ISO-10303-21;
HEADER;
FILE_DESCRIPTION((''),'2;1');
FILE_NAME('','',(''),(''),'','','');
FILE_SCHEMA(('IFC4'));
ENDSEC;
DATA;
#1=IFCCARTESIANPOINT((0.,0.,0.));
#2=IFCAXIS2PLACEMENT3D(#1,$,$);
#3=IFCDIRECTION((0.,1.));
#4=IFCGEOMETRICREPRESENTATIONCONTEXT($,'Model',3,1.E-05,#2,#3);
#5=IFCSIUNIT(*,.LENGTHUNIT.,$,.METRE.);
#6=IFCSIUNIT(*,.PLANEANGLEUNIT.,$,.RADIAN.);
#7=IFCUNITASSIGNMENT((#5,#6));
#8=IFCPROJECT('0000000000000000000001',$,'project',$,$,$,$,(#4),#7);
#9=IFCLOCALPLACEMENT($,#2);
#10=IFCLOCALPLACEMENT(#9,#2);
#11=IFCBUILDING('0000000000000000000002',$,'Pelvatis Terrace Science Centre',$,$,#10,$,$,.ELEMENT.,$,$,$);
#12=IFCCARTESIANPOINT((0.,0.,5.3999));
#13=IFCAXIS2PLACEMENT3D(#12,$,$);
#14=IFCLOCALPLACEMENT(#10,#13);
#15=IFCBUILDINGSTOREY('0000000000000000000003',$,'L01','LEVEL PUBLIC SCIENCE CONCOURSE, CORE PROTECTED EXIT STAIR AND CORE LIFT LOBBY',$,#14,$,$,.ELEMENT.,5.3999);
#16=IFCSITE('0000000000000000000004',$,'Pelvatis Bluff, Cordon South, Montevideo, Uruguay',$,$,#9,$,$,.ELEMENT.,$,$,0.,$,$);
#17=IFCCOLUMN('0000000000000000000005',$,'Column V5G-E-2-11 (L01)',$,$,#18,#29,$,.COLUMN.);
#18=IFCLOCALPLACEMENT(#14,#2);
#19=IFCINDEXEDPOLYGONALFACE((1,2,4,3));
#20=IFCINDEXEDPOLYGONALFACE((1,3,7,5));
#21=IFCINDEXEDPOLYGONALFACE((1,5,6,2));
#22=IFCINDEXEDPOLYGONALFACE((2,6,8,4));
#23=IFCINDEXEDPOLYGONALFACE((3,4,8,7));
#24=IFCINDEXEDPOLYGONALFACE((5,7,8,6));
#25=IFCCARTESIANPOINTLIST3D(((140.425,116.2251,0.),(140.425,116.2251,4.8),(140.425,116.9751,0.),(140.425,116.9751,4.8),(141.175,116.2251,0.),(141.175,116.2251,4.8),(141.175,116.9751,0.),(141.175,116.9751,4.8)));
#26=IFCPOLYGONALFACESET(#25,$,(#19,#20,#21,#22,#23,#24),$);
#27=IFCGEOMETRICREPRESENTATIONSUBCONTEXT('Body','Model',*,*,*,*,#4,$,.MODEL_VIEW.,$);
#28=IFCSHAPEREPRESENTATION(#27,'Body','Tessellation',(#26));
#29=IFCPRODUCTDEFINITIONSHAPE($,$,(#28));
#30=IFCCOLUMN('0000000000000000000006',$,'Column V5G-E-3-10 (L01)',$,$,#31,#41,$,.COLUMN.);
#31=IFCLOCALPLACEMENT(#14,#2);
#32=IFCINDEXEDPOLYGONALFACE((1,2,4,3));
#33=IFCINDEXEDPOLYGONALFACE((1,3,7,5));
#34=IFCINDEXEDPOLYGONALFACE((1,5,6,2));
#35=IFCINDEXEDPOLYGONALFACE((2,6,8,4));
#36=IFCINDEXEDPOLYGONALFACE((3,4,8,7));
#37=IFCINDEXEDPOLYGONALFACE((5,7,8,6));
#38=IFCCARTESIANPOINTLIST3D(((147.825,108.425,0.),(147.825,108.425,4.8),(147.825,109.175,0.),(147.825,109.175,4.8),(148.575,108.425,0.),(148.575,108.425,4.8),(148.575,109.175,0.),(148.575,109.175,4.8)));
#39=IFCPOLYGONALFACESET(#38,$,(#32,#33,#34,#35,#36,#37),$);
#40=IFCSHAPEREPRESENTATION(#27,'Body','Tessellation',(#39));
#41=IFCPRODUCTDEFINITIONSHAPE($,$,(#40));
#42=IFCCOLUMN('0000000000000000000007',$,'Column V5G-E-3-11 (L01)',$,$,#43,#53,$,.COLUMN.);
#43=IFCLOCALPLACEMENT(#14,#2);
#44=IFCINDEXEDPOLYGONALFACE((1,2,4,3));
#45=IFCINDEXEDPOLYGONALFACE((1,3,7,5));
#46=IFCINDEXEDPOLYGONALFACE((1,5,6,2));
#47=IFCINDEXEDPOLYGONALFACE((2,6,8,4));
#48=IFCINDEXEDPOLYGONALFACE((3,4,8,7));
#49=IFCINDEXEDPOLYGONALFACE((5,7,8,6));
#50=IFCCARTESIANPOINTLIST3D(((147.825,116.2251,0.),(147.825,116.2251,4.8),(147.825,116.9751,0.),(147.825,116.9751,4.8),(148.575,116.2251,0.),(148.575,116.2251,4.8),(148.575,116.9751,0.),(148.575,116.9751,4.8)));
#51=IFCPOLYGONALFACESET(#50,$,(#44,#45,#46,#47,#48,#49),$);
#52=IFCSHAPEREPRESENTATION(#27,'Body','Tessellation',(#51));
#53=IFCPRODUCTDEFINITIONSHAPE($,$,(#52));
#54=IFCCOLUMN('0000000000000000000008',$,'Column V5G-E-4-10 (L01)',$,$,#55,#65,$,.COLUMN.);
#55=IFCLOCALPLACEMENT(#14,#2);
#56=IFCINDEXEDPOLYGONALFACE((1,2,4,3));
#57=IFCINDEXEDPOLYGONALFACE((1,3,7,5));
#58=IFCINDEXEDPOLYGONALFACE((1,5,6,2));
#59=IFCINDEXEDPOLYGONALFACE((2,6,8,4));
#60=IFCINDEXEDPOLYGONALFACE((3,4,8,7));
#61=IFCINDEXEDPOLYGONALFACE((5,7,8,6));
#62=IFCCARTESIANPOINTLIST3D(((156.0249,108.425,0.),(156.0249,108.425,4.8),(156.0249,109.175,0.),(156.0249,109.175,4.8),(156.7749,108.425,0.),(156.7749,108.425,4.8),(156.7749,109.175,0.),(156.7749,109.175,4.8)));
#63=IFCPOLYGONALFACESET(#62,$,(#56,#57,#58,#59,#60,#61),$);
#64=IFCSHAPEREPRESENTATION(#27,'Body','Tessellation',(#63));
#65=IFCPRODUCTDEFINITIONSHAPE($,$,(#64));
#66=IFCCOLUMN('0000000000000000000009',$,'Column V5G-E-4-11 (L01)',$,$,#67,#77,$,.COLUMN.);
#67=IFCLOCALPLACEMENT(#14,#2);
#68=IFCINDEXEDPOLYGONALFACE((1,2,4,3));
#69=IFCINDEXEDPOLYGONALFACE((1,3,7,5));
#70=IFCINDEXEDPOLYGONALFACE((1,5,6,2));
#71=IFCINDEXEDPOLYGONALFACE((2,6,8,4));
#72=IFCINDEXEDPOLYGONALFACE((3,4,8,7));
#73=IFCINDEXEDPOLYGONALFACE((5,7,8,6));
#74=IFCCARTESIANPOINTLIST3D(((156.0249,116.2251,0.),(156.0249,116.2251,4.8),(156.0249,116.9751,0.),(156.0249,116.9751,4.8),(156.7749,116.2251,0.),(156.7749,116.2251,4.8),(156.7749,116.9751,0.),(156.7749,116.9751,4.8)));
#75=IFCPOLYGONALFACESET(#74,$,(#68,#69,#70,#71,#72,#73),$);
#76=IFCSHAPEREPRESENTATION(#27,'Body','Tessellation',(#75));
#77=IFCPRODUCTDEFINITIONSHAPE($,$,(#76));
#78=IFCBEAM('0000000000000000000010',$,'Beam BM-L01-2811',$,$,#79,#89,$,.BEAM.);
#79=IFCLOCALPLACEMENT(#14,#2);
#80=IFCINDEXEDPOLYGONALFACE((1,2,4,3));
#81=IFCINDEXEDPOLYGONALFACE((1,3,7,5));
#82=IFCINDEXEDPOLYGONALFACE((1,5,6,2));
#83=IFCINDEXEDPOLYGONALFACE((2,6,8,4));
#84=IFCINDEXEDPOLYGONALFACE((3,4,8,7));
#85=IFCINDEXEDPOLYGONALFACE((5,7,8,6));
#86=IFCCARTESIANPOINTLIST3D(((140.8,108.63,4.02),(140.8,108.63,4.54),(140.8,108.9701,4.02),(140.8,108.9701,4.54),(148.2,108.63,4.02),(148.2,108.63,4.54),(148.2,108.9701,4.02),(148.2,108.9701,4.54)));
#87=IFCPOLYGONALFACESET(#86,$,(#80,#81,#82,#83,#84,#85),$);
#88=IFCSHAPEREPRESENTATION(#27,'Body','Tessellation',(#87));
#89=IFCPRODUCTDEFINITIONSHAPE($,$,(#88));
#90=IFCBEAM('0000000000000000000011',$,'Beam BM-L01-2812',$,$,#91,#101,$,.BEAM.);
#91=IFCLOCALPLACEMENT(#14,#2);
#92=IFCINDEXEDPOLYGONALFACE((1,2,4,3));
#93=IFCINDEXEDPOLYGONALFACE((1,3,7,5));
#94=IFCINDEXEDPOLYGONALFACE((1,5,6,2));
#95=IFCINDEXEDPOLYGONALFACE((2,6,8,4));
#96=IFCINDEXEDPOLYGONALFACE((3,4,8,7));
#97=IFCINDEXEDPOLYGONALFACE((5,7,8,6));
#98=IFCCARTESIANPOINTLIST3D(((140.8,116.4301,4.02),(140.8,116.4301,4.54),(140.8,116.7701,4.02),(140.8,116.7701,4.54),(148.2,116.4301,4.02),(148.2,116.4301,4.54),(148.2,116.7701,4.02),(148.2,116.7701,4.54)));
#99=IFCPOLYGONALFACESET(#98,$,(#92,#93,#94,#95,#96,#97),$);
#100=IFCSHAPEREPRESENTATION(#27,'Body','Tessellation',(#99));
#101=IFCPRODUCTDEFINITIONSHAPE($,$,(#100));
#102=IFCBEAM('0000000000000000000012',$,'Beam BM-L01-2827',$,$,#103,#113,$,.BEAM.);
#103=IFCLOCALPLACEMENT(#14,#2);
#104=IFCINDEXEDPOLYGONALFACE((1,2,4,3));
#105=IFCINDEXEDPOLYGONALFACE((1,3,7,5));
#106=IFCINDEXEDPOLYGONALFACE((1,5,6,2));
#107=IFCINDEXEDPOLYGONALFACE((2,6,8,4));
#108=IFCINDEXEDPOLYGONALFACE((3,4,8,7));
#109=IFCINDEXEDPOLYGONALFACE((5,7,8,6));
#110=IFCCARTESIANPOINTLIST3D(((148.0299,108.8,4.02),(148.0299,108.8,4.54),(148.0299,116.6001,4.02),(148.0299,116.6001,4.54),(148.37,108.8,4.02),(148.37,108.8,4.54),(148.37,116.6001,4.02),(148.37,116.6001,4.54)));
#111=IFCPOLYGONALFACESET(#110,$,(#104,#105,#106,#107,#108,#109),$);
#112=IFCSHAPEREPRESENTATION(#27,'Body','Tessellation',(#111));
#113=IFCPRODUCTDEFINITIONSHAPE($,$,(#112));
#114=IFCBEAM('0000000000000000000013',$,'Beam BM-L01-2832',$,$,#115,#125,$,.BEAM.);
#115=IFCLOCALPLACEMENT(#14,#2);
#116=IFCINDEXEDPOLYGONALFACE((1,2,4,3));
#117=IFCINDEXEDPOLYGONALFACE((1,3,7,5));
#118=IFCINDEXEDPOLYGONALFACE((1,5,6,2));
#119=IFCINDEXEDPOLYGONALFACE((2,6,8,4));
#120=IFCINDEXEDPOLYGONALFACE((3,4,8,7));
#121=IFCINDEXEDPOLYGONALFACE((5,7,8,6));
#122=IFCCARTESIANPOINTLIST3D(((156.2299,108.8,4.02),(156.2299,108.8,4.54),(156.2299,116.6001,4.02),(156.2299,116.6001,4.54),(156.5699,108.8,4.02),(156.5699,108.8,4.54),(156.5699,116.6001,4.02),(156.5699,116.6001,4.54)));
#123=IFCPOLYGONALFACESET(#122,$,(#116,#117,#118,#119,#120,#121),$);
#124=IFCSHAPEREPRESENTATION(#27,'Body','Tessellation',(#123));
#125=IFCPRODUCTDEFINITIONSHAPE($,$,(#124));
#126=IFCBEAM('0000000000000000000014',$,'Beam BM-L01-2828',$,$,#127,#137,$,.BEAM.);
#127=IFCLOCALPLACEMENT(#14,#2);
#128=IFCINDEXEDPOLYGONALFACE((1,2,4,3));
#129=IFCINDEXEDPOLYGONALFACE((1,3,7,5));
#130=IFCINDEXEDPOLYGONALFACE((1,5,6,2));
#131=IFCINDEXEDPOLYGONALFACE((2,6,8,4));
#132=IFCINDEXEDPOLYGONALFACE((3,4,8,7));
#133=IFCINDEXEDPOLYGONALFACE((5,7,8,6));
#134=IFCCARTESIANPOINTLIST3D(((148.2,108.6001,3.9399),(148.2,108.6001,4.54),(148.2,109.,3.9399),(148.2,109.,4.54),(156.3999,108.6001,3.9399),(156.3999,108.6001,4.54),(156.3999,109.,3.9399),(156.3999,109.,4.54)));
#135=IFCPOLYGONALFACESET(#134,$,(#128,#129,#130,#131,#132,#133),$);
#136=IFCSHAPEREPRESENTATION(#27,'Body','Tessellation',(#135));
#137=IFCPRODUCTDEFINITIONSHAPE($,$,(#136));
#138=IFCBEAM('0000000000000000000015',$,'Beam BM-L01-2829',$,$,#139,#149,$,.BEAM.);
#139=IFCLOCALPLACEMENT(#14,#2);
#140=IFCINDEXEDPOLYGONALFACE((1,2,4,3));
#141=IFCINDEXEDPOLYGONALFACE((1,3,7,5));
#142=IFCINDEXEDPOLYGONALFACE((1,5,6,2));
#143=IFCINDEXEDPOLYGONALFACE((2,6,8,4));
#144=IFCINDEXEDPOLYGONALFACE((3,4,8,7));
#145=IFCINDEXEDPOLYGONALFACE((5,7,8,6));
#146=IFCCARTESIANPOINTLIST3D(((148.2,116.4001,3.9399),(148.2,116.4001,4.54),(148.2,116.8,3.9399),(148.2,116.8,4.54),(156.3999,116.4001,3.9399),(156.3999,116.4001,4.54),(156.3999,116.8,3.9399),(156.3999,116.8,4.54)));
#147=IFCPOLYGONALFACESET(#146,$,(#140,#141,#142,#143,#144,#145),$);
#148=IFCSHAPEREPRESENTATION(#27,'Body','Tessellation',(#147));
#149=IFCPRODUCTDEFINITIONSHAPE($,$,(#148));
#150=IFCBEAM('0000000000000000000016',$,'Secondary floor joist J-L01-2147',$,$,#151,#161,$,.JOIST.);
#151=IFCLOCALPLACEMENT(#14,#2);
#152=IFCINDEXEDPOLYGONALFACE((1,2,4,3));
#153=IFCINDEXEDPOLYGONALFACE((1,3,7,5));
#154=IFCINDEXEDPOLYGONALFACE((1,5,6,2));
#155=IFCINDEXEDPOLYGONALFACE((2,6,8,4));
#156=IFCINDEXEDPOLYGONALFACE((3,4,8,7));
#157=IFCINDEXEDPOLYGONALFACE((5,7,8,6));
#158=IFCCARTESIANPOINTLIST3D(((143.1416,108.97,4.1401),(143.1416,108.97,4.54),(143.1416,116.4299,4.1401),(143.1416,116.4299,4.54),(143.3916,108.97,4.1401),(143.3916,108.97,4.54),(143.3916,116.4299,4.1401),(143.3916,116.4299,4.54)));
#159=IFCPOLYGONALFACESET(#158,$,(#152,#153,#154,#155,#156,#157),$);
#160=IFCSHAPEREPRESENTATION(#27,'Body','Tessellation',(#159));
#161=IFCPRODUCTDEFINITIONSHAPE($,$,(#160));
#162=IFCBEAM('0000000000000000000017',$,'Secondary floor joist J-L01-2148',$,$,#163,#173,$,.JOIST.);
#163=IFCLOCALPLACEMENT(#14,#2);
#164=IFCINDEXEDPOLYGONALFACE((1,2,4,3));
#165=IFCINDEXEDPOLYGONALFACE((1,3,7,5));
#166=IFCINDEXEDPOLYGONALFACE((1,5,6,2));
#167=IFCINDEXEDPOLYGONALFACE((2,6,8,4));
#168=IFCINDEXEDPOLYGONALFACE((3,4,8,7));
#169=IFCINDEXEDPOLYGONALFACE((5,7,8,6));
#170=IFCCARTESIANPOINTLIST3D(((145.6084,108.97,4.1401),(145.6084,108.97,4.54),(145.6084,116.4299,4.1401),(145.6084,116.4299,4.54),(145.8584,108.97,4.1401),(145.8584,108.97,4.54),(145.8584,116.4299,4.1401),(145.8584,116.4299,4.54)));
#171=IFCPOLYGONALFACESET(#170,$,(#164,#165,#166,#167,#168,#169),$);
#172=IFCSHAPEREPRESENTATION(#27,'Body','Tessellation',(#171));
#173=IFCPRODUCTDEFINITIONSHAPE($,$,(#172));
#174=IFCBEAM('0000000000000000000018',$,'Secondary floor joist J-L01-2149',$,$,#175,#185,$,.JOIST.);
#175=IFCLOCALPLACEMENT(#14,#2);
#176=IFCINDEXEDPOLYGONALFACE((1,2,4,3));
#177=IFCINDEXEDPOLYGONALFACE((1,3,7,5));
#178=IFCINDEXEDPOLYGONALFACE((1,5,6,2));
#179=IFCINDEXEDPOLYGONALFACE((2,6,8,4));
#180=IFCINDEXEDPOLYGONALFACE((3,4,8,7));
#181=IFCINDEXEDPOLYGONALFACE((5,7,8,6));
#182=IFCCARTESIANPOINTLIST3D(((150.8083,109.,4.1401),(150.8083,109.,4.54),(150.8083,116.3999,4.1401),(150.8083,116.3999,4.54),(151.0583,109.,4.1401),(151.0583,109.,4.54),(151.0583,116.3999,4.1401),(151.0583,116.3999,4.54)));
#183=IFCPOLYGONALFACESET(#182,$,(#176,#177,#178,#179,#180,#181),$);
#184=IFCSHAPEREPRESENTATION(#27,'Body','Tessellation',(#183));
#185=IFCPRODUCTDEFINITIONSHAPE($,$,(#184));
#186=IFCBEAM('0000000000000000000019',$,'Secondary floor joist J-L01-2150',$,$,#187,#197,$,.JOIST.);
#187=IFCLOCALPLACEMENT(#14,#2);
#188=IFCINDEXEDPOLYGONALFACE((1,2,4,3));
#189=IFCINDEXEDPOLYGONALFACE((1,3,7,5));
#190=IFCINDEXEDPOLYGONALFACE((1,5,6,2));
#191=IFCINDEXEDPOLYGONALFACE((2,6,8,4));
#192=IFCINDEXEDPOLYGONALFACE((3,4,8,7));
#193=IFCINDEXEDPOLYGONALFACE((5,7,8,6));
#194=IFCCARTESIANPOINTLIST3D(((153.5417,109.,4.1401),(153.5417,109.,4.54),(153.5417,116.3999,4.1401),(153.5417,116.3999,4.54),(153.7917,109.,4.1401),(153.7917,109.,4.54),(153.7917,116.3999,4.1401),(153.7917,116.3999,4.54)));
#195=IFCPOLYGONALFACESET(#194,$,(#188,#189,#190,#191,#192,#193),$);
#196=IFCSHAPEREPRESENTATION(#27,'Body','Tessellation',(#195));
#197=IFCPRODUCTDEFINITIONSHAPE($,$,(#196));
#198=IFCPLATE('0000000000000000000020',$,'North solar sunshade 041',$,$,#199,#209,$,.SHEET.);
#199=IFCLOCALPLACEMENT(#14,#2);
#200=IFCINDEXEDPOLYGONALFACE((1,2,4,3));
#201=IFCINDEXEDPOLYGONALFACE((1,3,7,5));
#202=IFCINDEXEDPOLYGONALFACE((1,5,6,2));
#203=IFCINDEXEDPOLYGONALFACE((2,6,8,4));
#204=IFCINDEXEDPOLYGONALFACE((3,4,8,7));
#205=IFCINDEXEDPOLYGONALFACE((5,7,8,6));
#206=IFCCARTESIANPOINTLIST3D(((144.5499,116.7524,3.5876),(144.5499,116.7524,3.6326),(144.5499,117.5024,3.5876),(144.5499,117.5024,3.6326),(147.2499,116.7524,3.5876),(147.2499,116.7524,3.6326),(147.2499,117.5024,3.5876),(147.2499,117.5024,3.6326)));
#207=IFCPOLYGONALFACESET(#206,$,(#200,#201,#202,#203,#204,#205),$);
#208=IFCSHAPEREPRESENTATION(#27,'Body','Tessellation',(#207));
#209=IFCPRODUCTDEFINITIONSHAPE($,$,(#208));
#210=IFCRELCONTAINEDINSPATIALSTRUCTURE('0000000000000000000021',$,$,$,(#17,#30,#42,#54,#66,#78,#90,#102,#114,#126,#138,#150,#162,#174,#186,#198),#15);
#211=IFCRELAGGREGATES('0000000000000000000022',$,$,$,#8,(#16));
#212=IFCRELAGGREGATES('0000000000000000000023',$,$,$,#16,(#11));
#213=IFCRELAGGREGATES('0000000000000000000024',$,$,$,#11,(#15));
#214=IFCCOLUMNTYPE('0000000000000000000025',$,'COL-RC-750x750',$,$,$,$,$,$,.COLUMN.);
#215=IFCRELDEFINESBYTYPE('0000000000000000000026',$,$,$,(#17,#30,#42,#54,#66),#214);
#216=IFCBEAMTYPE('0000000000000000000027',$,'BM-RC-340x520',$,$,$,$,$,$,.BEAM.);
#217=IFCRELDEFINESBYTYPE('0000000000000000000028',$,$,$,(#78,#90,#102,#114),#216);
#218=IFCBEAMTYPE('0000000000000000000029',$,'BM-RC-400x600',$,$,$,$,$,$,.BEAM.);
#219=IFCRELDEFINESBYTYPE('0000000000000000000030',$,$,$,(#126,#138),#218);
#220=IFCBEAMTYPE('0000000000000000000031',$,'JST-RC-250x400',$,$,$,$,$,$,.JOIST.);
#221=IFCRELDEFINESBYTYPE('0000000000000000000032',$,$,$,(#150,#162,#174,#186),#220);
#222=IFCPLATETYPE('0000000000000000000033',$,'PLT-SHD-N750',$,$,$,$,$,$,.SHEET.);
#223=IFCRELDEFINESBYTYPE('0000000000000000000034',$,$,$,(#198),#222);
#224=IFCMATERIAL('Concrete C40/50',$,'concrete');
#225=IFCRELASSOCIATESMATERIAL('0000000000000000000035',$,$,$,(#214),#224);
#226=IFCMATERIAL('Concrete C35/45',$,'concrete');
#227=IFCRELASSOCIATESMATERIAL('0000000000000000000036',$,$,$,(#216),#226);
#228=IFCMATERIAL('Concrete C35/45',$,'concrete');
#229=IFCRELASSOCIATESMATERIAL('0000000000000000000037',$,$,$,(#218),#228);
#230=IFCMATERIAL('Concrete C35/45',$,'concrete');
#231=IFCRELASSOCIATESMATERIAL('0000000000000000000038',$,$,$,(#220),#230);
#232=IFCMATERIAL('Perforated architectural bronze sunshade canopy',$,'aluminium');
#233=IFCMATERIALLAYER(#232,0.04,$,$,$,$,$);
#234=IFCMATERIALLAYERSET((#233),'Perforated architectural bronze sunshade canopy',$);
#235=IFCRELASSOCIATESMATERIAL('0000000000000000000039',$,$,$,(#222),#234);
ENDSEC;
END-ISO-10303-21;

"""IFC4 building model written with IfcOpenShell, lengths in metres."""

from ifc_helpers import new_model, si_unit, direction, frame, origin, origin_2d, place, context, subcontext, project, spatial, rectangle, extrude, material, layer, layer_set, material_profile, profile_set, type_object, element, save


model = new_model("IFC4")

# Units and contexts
model_context = context("Model", 3, precision=1e-05, world=origin(), true_north=direction((0.0, 1.0)))
body_context = subcontext(model_context, "Body", "Model", "MODEL_VIEW")
ifc_project = project(units=[si_unit("LENGTHUNIT", "METRE"), si_unit("PLANEANGLEUNIT", "RADIAN")], contexts=[model_context])

# Site, building, storey
site_placement = place(None, origin())
site = spatial("IfcSite", under=ifc_project, at=site_placement, Name="Pelvatis Bluff, Cordon South, Montevideo, Uruguay", CompositionType="ELEMENT", RefElevation=0.0)
building_placement = place(site_placement, origin())
building = spatial("IfcBuilding", under=site, at=building_placement, Name="Pelvatis Terrace Science Centre", CompositionType="ELEMENT")
storey_placement = place(building_placement, frame((0.0, 0.0, 5.3999)))
storey = spatial("IfcBuildingStorey", under=building, at=storey_placement, Name="L01", Description="LEVEL PUBLIC SCIENCE CONCOURSE, CORE PROTECTED EXIT STAIR AND CORE LIFT LOBBY", CompositionType="ELEMENT", Elevation=5.3999)

# Columns
ifc_material_1 = material(Name="Concrete C40/50", Category="concrete")
ifc_material_profile_1 = material_profile(ifc_material_1, rectangle(XDim=0.75, YDim=0.75, at=origin_2d()), Name="RC-COL 750x750")
ifc_profile_set_1 = profile_set([ifc_material_profile_1], Name="Concrete C40/50")
column_type = type_object("IfcColumnType", Name="COL-RC-750x750", PredefinedType="COLUMN", material=ifc_profile_set_1)
for number, where, z_axis, x_axis, name in (
    (1, (140.8, 116.6001, 0.0), (0.0, 0.0, 1.0), (1.0, 0.0, 0.0), "Column V5G-E-2-11 (L01)"),
    (2, (148.2, 108.8, 0.0), (0.0, 0.0, 1.0), (1.0, 0.0, 0.0), "Column V5G-E-3-10 (L01)"),
    (3, (148.2, 116.6001, 0.0), (0.0, 0.0, 1.0), (1.0, 0.0, 0.0), "Column V5G-E-3-11 (L01)"),
    (4, (156.3999, 108.8, 0.0), (0.0, 0.0, 1.0), (1.0, 0.0, 0.0), "Column V5G-E-4-10 (L01)"),
    (5, (156.3999, 116.6001, 0.0), (0.0, 0.0, 1.0), (1.0, 0.0, 0.0), "Column V5G-E-4-11 (L01)"),
):
    element("IfcColumn", number, at=place(storey_placement, frame(where, z_axis=z_axis, x_axis=x_axis)), inside=storey, type_object=column_type, Name=name, PredefinedType="COLUMN", context=body_context, shape_type="SweptSolid", body=[
        extrude(rectangle(XDim=0.75, YDim=0.75, at=origin_2d()), origin(), (0.0, 0.0, 1.0), 4.8),
    ])

# Beams
ifc_material_2 = material(Name="Concrete C35/45", Category="concrete")
ifc_material_profile_2 = material_profile(ifc_material_2, rectangle(XDim=0.3401, YDim=0.52, at=origin_2d()), Name="RC-BM 340x520")
ifc_profile_set_2 = profile_set([ifc_material_profile_2], Name="Concrete C35/45")
beam_type_1 = type_object("IfcBeamType", Name="BM-RC-340x520", PredefinedType="BEAM", material=ifc_profile_set_2)
for number, where, z_axis, x_axis, name in (
    (6, (140.8, 108.8, 4.28), (1.0, 0.0, 0.0), (0.0, 1.0, 0.0), "Beam BM-L01-2811"),
    (7, (140.8, 116.6001, 4.28), (1.0, 0.0, 0.0), (0.0, 1.0, 0.0), "Beam BM-L01-2812"),
):
    element("IfcBeam", number, at=place(storey_placement, frame(where, z_axis=z_axis, x_axis=x_axis)), inside=storey, type_object=beam_type_1, Name=name, PredefinedType="BEAM", context=body_context, shape_type="SweptSolid", body=[
        extrude(rectangle(XDim=0.3401, YDim=0.52, at=origin_2d()), origin(), (0.0, 0.0, 1.0), 7.3999),
    ])
for number, where, z_axis, x_axis, name in (
    (8, (148.2, 108.8, 4.28), (0.0, 1.0, 0.0), (-1.0, 0.0, 0.0), "Beam BM-L01-2827"),
    (9, (156.3999, 108.8, 4.28), (0.0, 1.0, 0.0), (-1.0, 0.0, 0.0), "Beam BM-L01-2832"),
):
    element("IfcBeam", number, at=place(storey_placement, frame(where, z_axis=z_axis, x_axis=x_axis)), inside=storey, type_object=beam_type_1, Name=name, PredefinedType="BEAM", context=body_context, shape_type="SweptSolid", body=[
        extrude(rectangle(XDim=0.3401, YDim=0.52, at=origin_2d()), origin(), (0.0, 0.0, 1.0), 7.8),
    ])
ifc_material_3 = material(Name="Concrete C35/45", Category="concrete")
ifc_material_profile_3 = material_profile(ifc_material_3, rectangle(XDim=0.3999, YDim=0.6001, at=origin_2d()), Name="RC-BM 400x600")
ifc_profile_set_3 = profile_set([ifc_material_profile_3], Name="Concrete C35/45")
beam_type_2 = type_object("IfcBeamType", Name="BM-RC-400x600", PredefinedType="BEAM", material=ifc_profile_set_3)
for number, where, z_axis, x_axis, name in (
    (10, (148.2, 108.8, 4.24), (1.0, 0.0, 0.0), (0.0, 1.0, 0.0), "Beam BM-L01-2828"),
    (11, (148.2, 116.6001, 4.24), (1.0, 0.0, 0.0), (0.0, 1.0, 0.0), "Beam BM-L01-2829"),
):
    element("IfcBeam", number, at=place(storey_placement, frame(where, z_axis=z_axis, x_axis=x_axis)), inside=storey, type_object=beam_type_2, Name=name, PredefinedType="BEAM", context=body_context, shape_type="SweptSolid", body=[
        extrude(rectangle(XDim=0.3999, YDim=0.6001, at=origin_2d()), origin(), (0.0, 0.0, 1.0), 8.2),
    ])
ifc_material_4 = material(Name="Concrete C35/45", Category="concrete")
ifc_material_profile_4 = material_profile(ifc_material_4, rectangle(XDim=0.25, YDim=0.3999, at=origin_2d()), Name="RC-JST 250x400")
ifc_profile_set_4 = profile_set([ifc_material_profile_4], Name="Concrete C35/45")
beam_type_3 = type_object("IfcBeamType", Name="JST-RC-250x400", PredefinedType="JOIST", material=ifc_profile_set_4)
for number, where, z_axis, x_axis, name in (
    (12, (143.2666, 108.97, 4.3401), (0.0, 1.0, 0.0), (-1.0, 0.0, 0.0), "Secondary floor joist J-L01-2147"),
    (13, (145.7334, 108.97, 4.3401), (0.0, 1.0, 0.0), (-1.0, 0.0, 0.0), "Secondary floor joist J-L01-2148"),
):
    element("IfcBeam", number, at=place(storey_placement, frame(where, z_axis=z_axis, x_axis=x_axis)), inside=storey, type_object=beam_type_3, Name=name, PredefinedType="JOIST", context=body_context, shape_type="SweptSolid", body=[
        extrude(rectangle(XDim=0.25, YDim=0.3999, at=origin_2d()), origin(), (0.0, 0.0, 1.0), 7.46),
    ])
for number, where, z_axis, x_axis, name in (
    (14, (150.9333, 109.0, 4.3401), (0.0, 1.0, 0.0), (-1.0, 0.0, 0.0), "Secondary floor joist J-L01-2149"),
    (15, (153.6667, 109.0, 4.3401), (0.0, 1.0, 0.0), (-1.0, 0.0, 0.0), "Secondary floor joist J-L01-2150"),
):
    element("IfcBeam", number, at=place(storey_placement, frame(where, z_axis=z_axis, x_axis=x_axis)), inside=storey, type_object=beam_type_3, Name=name, PredefinedType="JOIST", context=body_context, shape_type="SweptSolid", body=[
        extrude(rectangle(XDim=0.25, YDim=0.3999, at=origin_2d()), origin(), (0.0, 0.0, 1.0), 7.3999),
    ])

# Plate
ifc_material_5 = material(Name="Perforated architectural bronze sunshade canopy", Category="aluminium")
ifc_layer_1 = layer(ifc_material_5, 0.04)
ifc_layer_set_1 = layer_set([ifc_layer_1], Name="Perforated architectural bronze sunshade canopy")
plate_type = type_object("IfcPlateType", Name="PLT-SHD-N750", PredefinedType="SHEET", material=ifc_layer_set_1)
plate_placement = place(storey_placement, frame((145.8999, 117.1274, 3.5876), z_axis=(0.0, 0.0, 1.0), x_axis=(1.0, 0.0, 0.0)))
element("IfcPlate", 16, at=plate_placement, inside=storey, type_object=plate_type, Name="North solar sunshade 041", PredefinedType="SHEET", context=body_context, shape_type="SweptSolid", body=[
    extrude(rectangle(XDim=2.7, YDim=0.75, at=origin_2d()), origin(), (0.0, 0.0, 1.0), 0.0449),
])

save(model, "model.ifc")
